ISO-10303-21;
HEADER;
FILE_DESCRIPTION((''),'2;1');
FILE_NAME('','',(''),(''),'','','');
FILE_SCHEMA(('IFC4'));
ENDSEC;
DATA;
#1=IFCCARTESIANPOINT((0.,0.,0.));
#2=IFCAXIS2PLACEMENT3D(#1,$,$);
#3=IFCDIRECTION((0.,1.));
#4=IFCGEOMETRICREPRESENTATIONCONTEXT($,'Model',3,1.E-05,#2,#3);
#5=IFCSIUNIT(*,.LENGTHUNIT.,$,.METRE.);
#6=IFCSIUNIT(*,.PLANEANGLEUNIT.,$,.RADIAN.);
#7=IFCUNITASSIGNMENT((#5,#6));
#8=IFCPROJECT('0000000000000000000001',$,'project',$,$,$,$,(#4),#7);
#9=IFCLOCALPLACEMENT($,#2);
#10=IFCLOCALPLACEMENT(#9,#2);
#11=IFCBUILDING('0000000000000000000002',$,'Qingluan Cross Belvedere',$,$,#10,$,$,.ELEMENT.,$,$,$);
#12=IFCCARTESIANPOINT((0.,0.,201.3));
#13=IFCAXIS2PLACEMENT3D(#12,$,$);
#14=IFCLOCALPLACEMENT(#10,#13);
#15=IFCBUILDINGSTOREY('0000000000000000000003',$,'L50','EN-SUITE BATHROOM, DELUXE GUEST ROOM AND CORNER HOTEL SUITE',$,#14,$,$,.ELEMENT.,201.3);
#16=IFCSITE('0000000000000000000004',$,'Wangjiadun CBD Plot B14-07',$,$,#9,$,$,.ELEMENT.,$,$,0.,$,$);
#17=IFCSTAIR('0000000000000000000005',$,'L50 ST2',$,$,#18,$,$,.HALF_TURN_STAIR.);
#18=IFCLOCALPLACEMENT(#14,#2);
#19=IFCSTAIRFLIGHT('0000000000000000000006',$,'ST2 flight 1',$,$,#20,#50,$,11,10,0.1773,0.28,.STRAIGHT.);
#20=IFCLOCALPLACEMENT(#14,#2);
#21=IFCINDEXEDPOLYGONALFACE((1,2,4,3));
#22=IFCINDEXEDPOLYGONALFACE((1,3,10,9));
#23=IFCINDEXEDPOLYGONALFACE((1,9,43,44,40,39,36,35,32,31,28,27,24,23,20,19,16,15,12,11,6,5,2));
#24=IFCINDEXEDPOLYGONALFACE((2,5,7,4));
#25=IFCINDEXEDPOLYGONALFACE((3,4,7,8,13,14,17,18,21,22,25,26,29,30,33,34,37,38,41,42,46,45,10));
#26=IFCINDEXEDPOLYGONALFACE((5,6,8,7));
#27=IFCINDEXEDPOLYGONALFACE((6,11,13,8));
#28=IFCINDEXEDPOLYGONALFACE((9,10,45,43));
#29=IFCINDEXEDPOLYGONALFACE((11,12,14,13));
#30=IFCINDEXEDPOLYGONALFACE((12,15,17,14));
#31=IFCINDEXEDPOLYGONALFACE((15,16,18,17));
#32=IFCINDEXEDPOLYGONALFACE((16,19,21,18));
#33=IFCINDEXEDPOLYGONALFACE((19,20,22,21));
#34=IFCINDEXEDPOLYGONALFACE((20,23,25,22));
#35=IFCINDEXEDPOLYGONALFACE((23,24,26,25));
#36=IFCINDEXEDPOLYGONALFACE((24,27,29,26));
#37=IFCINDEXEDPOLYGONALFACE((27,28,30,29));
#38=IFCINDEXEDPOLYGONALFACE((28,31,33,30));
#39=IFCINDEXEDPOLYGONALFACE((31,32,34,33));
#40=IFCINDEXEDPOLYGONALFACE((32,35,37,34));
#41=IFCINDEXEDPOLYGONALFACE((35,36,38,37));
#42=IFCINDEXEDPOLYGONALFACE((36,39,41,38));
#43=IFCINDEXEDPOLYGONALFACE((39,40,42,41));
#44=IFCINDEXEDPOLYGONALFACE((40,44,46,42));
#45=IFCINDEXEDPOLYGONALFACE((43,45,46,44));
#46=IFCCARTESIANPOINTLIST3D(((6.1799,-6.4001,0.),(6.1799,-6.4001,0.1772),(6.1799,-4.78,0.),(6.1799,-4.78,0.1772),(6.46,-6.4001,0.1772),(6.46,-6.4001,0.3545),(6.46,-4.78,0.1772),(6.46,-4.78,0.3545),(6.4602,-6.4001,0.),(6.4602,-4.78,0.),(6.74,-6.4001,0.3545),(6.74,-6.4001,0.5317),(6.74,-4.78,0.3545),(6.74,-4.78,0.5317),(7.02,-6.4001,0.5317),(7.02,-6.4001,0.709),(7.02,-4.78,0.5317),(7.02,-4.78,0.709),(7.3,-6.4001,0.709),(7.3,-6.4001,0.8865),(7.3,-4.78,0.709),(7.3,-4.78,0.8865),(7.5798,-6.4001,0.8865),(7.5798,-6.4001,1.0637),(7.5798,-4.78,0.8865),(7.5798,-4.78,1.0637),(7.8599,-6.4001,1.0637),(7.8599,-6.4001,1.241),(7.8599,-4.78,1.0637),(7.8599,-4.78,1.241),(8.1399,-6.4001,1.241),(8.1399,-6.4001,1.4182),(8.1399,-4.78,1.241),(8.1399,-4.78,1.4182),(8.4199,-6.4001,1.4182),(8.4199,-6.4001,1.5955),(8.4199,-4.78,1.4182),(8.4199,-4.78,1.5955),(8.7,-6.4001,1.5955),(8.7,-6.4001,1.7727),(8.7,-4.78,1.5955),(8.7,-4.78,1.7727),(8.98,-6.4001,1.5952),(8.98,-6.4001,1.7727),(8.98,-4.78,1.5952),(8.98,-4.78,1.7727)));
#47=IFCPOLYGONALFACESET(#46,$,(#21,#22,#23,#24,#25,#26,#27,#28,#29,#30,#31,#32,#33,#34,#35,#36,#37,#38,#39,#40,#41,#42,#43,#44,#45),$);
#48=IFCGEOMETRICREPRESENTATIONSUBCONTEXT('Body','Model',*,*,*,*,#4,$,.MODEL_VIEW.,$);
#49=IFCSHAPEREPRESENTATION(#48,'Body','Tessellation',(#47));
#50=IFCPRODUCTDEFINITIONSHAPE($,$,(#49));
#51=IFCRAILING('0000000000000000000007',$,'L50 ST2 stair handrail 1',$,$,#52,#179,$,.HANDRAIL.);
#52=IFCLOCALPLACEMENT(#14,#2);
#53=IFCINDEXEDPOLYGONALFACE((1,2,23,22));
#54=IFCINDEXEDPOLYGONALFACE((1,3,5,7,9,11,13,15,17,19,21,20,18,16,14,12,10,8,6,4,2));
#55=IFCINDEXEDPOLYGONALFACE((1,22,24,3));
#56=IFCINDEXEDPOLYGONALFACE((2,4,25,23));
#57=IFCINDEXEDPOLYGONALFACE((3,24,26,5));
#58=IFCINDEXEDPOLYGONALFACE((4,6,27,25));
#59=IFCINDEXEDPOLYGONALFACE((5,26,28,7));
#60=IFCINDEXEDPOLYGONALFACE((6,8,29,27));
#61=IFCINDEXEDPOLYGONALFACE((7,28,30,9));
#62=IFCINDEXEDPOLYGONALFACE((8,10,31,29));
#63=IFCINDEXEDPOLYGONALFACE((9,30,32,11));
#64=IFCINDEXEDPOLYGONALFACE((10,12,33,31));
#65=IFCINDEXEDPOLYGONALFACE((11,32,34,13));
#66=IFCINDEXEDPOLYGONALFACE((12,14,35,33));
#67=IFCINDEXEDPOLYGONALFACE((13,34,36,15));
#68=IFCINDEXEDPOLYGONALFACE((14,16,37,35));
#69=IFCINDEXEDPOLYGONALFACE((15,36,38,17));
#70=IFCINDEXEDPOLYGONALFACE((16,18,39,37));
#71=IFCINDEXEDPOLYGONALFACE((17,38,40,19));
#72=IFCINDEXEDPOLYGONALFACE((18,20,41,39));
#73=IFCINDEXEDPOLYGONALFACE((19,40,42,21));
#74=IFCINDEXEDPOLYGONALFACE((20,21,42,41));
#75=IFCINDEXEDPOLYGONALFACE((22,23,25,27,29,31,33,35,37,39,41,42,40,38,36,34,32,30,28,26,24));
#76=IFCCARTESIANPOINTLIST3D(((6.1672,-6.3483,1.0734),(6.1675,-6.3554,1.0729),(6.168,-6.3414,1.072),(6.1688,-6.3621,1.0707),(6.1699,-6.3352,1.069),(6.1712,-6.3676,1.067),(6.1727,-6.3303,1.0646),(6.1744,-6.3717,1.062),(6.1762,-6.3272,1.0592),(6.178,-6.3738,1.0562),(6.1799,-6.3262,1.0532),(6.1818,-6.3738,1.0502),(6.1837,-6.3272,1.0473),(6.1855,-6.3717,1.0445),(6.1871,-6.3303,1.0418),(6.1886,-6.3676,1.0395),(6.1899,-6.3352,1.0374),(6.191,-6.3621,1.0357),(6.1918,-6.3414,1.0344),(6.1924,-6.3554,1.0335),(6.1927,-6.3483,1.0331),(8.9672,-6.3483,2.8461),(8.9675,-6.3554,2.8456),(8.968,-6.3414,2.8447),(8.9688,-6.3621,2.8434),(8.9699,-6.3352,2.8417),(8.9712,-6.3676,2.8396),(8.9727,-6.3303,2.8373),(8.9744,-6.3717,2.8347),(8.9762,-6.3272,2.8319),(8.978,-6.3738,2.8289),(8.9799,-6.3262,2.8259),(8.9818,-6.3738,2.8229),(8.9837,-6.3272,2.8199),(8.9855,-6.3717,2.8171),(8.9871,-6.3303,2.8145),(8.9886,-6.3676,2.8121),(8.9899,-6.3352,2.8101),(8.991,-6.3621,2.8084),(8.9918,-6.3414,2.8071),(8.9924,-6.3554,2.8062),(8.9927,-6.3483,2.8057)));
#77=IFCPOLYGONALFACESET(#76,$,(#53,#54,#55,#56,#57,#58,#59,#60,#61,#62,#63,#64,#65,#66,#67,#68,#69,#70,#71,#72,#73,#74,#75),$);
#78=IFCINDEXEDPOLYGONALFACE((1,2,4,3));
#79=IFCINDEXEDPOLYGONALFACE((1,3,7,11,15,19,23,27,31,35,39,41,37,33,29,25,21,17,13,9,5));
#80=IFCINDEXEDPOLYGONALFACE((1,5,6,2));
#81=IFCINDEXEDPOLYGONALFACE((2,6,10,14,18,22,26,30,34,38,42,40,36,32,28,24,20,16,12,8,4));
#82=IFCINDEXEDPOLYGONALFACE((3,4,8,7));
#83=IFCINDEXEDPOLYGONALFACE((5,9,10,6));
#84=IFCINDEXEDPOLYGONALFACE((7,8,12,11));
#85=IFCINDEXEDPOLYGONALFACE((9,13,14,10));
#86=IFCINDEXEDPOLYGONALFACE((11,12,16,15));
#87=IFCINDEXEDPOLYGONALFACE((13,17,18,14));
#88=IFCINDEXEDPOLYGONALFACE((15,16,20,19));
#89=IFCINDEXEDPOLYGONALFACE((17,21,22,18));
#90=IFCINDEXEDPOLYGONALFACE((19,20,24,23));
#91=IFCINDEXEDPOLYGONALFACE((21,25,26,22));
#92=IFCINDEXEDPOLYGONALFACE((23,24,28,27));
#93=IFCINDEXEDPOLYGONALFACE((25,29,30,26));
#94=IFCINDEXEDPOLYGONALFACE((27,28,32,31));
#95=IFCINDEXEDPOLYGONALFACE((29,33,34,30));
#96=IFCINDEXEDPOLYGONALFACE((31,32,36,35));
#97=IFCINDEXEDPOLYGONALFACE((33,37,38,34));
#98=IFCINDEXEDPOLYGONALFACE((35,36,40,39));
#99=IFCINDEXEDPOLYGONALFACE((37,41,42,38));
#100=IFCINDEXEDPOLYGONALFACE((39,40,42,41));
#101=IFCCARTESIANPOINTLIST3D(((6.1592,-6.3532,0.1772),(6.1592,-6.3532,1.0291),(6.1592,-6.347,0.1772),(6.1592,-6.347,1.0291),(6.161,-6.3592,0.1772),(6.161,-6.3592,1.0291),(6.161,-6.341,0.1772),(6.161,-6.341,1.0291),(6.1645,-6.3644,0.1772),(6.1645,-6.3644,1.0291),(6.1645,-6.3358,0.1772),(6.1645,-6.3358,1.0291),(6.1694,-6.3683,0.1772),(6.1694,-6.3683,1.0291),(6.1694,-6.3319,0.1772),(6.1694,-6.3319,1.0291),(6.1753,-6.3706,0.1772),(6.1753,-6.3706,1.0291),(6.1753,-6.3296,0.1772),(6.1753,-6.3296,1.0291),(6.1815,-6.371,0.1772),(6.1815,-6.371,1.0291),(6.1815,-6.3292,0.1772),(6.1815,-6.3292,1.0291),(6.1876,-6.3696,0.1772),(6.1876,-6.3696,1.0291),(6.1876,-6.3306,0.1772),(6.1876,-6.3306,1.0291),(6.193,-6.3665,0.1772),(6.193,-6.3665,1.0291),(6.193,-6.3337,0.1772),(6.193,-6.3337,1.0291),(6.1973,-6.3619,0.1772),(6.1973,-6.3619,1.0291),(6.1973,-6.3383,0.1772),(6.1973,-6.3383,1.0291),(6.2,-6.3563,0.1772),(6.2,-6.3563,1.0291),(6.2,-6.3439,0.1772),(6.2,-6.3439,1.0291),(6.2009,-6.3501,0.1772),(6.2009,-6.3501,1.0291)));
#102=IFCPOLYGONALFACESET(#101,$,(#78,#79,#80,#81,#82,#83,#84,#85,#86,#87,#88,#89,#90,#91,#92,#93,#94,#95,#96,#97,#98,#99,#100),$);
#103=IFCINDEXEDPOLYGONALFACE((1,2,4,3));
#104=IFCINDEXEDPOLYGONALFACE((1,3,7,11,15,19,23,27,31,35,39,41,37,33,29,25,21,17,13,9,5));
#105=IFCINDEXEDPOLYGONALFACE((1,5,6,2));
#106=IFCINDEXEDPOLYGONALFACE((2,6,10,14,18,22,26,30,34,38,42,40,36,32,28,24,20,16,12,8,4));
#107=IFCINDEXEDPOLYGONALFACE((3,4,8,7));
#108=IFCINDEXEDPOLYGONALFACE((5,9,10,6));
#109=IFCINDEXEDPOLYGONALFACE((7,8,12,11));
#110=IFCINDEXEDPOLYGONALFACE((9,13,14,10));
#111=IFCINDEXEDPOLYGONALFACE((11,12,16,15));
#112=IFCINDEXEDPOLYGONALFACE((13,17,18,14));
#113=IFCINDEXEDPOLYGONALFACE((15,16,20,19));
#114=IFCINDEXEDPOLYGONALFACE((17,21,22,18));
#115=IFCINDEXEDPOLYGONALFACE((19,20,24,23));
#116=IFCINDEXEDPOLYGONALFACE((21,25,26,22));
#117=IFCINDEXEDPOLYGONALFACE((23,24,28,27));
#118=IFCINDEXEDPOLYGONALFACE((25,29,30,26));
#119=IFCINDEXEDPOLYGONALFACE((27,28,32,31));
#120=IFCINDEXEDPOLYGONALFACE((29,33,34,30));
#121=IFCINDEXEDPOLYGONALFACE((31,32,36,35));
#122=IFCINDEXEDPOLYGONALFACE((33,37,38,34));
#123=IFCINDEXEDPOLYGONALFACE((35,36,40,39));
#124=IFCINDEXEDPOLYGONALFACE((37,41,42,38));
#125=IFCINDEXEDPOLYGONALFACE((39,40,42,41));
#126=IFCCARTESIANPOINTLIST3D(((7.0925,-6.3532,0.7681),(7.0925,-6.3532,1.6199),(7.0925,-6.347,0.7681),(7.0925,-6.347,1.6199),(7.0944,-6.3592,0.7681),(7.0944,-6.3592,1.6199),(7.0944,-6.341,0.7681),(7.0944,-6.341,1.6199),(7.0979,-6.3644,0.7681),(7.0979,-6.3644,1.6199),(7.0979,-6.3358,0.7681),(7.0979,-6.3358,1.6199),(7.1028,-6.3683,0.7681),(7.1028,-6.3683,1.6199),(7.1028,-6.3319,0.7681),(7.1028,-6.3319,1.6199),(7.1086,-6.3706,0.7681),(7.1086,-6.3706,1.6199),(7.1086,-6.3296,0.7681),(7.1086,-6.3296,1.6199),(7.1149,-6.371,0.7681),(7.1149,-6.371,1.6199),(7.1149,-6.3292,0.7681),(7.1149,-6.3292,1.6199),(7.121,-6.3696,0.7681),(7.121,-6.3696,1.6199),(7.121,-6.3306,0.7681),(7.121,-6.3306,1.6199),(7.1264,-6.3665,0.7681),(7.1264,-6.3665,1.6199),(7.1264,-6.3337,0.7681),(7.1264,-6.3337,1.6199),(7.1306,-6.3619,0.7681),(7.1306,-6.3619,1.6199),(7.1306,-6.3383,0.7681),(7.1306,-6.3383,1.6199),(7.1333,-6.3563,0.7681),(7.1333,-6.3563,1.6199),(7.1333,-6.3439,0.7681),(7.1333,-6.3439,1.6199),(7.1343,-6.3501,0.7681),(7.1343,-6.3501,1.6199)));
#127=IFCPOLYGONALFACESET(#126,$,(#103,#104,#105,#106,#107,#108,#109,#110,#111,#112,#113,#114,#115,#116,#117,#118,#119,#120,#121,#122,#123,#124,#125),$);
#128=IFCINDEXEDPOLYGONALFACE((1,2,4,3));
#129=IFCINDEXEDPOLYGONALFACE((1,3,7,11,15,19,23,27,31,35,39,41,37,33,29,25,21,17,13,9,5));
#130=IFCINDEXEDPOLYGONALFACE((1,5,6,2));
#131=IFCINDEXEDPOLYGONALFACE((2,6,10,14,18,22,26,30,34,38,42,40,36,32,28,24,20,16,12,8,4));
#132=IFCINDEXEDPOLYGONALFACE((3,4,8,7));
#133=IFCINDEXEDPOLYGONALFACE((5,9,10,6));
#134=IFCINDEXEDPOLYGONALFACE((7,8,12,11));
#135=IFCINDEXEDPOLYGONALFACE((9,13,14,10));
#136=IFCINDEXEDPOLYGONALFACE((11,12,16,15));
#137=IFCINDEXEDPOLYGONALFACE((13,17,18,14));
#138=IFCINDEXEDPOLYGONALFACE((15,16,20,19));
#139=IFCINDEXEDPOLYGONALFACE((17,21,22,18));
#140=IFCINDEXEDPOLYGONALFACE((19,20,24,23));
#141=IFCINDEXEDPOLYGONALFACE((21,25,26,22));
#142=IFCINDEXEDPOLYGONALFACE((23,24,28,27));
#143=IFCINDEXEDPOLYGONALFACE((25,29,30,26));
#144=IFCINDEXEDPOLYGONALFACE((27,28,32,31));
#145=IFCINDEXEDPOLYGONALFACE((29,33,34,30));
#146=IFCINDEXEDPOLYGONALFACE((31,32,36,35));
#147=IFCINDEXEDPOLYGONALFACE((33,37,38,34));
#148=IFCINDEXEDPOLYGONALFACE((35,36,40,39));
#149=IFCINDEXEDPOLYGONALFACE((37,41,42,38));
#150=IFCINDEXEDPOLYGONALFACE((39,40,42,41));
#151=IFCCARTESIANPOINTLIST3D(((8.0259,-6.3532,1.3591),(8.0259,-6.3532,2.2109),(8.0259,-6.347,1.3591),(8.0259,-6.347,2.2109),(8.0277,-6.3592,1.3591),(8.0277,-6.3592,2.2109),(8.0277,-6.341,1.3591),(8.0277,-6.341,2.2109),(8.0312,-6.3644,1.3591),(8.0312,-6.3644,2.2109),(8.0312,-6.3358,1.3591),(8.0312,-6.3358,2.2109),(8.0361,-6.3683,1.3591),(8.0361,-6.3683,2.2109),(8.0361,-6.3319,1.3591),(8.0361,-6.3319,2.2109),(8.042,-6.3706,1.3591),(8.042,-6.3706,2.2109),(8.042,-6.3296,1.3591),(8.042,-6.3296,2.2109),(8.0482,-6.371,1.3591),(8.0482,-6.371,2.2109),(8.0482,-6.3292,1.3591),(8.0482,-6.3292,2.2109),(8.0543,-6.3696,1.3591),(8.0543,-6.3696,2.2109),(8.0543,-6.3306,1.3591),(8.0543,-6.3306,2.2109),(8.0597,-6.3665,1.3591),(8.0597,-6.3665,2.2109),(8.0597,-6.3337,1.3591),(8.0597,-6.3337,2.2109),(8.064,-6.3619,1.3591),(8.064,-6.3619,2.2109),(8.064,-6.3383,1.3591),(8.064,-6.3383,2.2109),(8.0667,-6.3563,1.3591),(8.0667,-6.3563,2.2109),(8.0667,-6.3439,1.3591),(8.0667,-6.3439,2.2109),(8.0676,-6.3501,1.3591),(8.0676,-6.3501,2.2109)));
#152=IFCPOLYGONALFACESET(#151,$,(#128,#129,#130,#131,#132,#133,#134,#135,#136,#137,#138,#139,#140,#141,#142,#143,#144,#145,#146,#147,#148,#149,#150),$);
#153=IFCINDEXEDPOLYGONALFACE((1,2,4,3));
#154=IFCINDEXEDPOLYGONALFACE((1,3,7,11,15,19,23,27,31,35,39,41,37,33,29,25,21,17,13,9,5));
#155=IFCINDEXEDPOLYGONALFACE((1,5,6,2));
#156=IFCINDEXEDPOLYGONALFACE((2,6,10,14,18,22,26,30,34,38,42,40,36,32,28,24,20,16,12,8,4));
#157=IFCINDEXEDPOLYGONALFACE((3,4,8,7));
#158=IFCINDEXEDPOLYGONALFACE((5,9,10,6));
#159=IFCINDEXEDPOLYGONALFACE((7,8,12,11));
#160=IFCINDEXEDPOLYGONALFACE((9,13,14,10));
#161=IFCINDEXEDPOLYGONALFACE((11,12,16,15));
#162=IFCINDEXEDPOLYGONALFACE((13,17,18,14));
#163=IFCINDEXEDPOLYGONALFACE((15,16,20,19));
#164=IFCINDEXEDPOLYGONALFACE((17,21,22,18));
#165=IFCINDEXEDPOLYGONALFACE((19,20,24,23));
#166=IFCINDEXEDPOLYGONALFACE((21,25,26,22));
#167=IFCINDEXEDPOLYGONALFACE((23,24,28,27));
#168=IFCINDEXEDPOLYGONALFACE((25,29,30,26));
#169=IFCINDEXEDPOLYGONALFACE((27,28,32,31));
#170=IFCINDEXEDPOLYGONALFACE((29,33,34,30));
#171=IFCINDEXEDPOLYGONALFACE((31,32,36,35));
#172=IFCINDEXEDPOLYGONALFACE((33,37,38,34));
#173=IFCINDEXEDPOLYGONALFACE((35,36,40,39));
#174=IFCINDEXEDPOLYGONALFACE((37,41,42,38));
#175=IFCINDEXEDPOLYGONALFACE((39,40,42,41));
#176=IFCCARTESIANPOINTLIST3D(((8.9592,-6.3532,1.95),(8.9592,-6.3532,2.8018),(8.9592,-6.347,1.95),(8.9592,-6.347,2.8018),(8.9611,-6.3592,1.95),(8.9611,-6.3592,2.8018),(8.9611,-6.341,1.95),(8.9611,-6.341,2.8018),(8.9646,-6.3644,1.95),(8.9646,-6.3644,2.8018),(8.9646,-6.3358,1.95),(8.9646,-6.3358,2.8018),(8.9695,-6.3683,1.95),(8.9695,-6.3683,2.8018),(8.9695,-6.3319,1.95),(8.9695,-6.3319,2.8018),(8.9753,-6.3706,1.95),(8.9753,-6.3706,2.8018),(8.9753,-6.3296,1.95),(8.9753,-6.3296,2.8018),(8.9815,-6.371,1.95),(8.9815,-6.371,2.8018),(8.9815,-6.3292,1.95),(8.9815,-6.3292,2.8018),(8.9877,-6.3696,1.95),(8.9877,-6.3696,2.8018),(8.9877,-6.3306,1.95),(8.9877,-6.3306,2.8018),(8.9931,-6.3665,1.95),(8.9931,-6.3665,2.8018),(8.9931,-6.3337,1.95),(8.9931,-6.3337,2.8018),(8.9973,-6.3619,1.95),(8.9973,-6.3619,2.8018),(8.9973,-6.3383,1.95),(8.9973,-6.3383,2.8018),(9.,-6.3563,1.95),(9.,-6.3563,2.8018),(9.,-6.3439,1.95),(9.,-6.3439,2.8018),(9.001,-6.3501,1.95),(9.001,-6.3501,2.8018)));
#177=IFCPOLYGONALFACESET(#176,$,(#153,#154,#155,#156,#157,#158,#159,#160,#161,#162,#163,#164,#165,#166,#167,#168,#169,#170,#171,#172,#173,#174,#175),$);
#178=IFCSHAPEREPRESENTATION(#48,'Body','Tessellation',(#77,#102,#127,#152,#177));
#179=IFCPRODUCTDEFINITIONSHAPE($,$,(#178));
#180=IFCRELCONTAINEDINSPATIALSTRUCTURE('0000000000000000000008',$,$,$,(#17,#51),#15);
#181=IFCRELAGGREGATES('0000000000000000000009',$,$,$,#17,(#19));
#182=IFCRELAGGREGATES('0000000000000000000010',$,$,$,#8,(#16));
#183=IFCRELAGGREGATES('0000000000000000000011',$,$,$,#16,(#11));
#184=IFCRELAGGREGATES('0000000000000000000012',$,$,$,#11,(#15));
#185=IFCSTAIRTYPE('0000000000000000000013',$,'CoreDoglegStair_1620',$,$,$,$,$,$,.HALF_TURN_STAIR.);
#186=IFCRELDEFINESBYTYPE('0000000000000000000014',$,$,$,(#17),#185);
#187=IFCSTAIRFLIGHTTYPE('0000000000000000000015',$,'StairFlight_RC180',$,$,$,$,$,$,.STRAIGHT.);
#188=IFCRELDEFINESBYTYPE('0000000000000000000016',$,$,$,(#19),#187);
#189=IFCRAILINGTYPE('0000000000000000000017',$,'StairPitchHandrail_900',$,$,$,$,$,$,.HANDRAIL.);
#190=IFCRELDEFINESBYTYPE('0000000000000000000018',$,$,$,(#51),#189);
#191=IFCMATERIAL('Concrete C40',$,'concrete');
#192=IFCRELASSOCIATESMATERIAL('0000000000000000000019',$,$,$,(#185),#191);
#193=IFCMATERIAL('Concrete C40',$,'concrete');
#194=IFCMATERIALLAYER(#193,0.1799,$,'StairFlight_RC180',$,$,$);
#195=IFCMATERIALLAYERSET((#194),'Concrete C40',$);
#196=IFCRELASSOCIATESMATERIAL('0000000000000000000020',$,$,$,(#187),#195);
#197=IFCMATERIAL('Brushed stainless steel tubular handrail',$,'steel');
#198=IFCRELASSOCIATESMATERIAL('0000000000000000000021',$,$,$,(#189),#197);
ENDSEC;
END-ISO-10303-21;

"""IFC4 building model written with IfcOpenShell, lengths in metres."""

from ifc_helpers import new_model, si_unit, direction, frame, origin, origin_2d, place, context, subcontext, project, spatial, polyline, circle, outline, extrude, material, layer, layer_set, type_object, element, aggregate, save


model = new_model("IFC4")

# Units and contexts
model_context = context("Model", 3, precision=1e-05, world=origin(), true_north=direction((0.0, 1.0)))
body_context = subcontext(model_context, "Body", "Model", "MODEL_VIEW")
ifc_project = project(units=[si_unit("LENGTHUNIT", "METRE"), si_unit("PLANEANGLEUNIT", "RADIAN")], contexts=[model_context])

# Site, building, storey
site_placement = place(None, origin())
site = spatial("IfcSite", under=ifc_project, at=site_placement, Name="Wangjiadun CBD Plot B14-07", CompositionType="ELEMENT", RefElevation=0.0)
building_placement = place(site_placement, origin())
building = spatial("IfcBuilding", under=site, at=building_placement, Name="Qingluan Cross Belvedere", CompositionType="ELEMENT")
storey_placement = place(building_placement, frame((0.0, 0.0, 201.3)))
storey = spatial("IfcBuildingStorey", under=building, at=storey_placement, Name="L50", Description="EN-SUITE BATHROOM, DELUXE GUEST ROOM AND CORNER HOTEL SUITE", CompositionType="ELEMENT", Elevation=201.3)

# Stair, stair flight
ifc_material_1 = material(Name="Concrete C40", Category="concrete")
stair_type = type_object("IfcStairType", Name="CoreDoglegStair_1620", PredefinedType="HALF_TURN_STAIR", material=ifc_material_1)
stair_placement = place(storey_placement, origin())
stair = element("IfcStair", 1, at=stair_placement, inside=storey, type_object=stair_type, Name="L50 ST2", PredefinedType="HALF_TURN_STAIR")
ifc_material_2 = material(Name="Concrete C40", Category="concrete")
ifc_layer_1 = layer(ifc_material_2, 0.1799, Name="StairFlight_RC180")
ifc_layer_set_1 = layer_set([ifc_layer_1], Name="Concrete C40")
stair_flight_type = type_object("IfcStairFlightType", Name="StairFlight_RC180", PredefinedType="STRAIGHT", material=ifc_layer_set_1)
stair_flight_placement = place(storey_placement, frame((6.1799, -5.5901, 0.0), z_axis=(0.0, 0.0, 1.0), x_axis=(1.0, 0.0, 0.0)))
stair_flight = element("IfcStairFlight", 2, at=stair_flight_placement, type_object=stair_flight_type, Name="ST2 flight 1", NumberOfRisers=11, NumberOfTreads=10, PredefinedType="STRAIGHT", RiserHeight=0.1773, TreadLength=0.28, context=body_context, shape_type="SweptSolid", body=[
    extrude(outline(polyline([(0.0, 0.0), (0.0, 0.1772), (0.28, 0.1772), (0.28, 0.3545), (0.5601, 0.3545), (0.5601, 0.5317), (0.8401, 0.5317), (0.8401, 0.709), (1.1201, 0.709), (1.1201, 0.8865), (1.3999, 0.8865), (1.3999, 1.0637), (1.6799, 1.0637), (1.6799, 1.241), (1.96, 1.241), (1.96, 1.4182), (2.24, 1.4182), (2.24, 1.5955), (2.52, 1.5955), (2.52, 1.7727), (2.8, 1.7727), (2.8, 1.95), (2.8, 1.5952), (0.2803, 0.0), (0.0, 0.0)])), frame((0.0, 0.8101, 0.0), z_axis=(0.0, -1.0, 0.0), x_axis=(1.0, 0.0, 0.0)), (0.0, 0.0, 1.0), 1.6201),
])
aggregate(stair, [stair_flight])

# Railing
ifc_material_3 = material(Name="Brushed stainless steel tubular handrail", Category="steel")
railing_type_1 = type_object("IfcRailingType", Name="StairPitchHandrail_900", PredefinedType="HANDRAIL", material=ifc_material_3)
railing_1_placement = place(storey_placement, frame((6.1799, -6.3501, 0.1772)))
element("IfcRailing", 3, at=railing_1_placement, inside=storey, type_object=railing_type_1, Name="L50 ST2 stair handrail 1", PredefinedType="HANDRAIL", context=body_context, shape_type="SweptSolid", body=[
    extrude(circle(Radius=0.0239, at=origin_2d()), frame((0.0, 0.0, 0.876), z_axis=(0.844909, 0.0, 0.53491), x_axis=(0.0, 1.0, 0.0)), (0.0, 0.0, 1.0), 3.314),
    extrude(circle(Radius=0.021, at=origin_2d()), origin(), (0.0, 0.0, 1.0), 0.8518),
    extrude(circle(Radius=0.021, at=origin_2d()), frame((0.9333, 0.0, 0.5908)), (0.0, 0.0, 1.0), 0.8518),
    extrude(circle(Radius=0.021, at=origin_2d()), frame((1.8667, 0.0, 1.1819)), (0.0, 0.0, 1.0), 0.8518),
    extrude(circle(Radius=0.021, at=origin_2d()), frame((2.8, 0.0, 1.7727)), (0.0, 0.0, 1.0), 0.8518),
])

save(model, "model.ifc")
